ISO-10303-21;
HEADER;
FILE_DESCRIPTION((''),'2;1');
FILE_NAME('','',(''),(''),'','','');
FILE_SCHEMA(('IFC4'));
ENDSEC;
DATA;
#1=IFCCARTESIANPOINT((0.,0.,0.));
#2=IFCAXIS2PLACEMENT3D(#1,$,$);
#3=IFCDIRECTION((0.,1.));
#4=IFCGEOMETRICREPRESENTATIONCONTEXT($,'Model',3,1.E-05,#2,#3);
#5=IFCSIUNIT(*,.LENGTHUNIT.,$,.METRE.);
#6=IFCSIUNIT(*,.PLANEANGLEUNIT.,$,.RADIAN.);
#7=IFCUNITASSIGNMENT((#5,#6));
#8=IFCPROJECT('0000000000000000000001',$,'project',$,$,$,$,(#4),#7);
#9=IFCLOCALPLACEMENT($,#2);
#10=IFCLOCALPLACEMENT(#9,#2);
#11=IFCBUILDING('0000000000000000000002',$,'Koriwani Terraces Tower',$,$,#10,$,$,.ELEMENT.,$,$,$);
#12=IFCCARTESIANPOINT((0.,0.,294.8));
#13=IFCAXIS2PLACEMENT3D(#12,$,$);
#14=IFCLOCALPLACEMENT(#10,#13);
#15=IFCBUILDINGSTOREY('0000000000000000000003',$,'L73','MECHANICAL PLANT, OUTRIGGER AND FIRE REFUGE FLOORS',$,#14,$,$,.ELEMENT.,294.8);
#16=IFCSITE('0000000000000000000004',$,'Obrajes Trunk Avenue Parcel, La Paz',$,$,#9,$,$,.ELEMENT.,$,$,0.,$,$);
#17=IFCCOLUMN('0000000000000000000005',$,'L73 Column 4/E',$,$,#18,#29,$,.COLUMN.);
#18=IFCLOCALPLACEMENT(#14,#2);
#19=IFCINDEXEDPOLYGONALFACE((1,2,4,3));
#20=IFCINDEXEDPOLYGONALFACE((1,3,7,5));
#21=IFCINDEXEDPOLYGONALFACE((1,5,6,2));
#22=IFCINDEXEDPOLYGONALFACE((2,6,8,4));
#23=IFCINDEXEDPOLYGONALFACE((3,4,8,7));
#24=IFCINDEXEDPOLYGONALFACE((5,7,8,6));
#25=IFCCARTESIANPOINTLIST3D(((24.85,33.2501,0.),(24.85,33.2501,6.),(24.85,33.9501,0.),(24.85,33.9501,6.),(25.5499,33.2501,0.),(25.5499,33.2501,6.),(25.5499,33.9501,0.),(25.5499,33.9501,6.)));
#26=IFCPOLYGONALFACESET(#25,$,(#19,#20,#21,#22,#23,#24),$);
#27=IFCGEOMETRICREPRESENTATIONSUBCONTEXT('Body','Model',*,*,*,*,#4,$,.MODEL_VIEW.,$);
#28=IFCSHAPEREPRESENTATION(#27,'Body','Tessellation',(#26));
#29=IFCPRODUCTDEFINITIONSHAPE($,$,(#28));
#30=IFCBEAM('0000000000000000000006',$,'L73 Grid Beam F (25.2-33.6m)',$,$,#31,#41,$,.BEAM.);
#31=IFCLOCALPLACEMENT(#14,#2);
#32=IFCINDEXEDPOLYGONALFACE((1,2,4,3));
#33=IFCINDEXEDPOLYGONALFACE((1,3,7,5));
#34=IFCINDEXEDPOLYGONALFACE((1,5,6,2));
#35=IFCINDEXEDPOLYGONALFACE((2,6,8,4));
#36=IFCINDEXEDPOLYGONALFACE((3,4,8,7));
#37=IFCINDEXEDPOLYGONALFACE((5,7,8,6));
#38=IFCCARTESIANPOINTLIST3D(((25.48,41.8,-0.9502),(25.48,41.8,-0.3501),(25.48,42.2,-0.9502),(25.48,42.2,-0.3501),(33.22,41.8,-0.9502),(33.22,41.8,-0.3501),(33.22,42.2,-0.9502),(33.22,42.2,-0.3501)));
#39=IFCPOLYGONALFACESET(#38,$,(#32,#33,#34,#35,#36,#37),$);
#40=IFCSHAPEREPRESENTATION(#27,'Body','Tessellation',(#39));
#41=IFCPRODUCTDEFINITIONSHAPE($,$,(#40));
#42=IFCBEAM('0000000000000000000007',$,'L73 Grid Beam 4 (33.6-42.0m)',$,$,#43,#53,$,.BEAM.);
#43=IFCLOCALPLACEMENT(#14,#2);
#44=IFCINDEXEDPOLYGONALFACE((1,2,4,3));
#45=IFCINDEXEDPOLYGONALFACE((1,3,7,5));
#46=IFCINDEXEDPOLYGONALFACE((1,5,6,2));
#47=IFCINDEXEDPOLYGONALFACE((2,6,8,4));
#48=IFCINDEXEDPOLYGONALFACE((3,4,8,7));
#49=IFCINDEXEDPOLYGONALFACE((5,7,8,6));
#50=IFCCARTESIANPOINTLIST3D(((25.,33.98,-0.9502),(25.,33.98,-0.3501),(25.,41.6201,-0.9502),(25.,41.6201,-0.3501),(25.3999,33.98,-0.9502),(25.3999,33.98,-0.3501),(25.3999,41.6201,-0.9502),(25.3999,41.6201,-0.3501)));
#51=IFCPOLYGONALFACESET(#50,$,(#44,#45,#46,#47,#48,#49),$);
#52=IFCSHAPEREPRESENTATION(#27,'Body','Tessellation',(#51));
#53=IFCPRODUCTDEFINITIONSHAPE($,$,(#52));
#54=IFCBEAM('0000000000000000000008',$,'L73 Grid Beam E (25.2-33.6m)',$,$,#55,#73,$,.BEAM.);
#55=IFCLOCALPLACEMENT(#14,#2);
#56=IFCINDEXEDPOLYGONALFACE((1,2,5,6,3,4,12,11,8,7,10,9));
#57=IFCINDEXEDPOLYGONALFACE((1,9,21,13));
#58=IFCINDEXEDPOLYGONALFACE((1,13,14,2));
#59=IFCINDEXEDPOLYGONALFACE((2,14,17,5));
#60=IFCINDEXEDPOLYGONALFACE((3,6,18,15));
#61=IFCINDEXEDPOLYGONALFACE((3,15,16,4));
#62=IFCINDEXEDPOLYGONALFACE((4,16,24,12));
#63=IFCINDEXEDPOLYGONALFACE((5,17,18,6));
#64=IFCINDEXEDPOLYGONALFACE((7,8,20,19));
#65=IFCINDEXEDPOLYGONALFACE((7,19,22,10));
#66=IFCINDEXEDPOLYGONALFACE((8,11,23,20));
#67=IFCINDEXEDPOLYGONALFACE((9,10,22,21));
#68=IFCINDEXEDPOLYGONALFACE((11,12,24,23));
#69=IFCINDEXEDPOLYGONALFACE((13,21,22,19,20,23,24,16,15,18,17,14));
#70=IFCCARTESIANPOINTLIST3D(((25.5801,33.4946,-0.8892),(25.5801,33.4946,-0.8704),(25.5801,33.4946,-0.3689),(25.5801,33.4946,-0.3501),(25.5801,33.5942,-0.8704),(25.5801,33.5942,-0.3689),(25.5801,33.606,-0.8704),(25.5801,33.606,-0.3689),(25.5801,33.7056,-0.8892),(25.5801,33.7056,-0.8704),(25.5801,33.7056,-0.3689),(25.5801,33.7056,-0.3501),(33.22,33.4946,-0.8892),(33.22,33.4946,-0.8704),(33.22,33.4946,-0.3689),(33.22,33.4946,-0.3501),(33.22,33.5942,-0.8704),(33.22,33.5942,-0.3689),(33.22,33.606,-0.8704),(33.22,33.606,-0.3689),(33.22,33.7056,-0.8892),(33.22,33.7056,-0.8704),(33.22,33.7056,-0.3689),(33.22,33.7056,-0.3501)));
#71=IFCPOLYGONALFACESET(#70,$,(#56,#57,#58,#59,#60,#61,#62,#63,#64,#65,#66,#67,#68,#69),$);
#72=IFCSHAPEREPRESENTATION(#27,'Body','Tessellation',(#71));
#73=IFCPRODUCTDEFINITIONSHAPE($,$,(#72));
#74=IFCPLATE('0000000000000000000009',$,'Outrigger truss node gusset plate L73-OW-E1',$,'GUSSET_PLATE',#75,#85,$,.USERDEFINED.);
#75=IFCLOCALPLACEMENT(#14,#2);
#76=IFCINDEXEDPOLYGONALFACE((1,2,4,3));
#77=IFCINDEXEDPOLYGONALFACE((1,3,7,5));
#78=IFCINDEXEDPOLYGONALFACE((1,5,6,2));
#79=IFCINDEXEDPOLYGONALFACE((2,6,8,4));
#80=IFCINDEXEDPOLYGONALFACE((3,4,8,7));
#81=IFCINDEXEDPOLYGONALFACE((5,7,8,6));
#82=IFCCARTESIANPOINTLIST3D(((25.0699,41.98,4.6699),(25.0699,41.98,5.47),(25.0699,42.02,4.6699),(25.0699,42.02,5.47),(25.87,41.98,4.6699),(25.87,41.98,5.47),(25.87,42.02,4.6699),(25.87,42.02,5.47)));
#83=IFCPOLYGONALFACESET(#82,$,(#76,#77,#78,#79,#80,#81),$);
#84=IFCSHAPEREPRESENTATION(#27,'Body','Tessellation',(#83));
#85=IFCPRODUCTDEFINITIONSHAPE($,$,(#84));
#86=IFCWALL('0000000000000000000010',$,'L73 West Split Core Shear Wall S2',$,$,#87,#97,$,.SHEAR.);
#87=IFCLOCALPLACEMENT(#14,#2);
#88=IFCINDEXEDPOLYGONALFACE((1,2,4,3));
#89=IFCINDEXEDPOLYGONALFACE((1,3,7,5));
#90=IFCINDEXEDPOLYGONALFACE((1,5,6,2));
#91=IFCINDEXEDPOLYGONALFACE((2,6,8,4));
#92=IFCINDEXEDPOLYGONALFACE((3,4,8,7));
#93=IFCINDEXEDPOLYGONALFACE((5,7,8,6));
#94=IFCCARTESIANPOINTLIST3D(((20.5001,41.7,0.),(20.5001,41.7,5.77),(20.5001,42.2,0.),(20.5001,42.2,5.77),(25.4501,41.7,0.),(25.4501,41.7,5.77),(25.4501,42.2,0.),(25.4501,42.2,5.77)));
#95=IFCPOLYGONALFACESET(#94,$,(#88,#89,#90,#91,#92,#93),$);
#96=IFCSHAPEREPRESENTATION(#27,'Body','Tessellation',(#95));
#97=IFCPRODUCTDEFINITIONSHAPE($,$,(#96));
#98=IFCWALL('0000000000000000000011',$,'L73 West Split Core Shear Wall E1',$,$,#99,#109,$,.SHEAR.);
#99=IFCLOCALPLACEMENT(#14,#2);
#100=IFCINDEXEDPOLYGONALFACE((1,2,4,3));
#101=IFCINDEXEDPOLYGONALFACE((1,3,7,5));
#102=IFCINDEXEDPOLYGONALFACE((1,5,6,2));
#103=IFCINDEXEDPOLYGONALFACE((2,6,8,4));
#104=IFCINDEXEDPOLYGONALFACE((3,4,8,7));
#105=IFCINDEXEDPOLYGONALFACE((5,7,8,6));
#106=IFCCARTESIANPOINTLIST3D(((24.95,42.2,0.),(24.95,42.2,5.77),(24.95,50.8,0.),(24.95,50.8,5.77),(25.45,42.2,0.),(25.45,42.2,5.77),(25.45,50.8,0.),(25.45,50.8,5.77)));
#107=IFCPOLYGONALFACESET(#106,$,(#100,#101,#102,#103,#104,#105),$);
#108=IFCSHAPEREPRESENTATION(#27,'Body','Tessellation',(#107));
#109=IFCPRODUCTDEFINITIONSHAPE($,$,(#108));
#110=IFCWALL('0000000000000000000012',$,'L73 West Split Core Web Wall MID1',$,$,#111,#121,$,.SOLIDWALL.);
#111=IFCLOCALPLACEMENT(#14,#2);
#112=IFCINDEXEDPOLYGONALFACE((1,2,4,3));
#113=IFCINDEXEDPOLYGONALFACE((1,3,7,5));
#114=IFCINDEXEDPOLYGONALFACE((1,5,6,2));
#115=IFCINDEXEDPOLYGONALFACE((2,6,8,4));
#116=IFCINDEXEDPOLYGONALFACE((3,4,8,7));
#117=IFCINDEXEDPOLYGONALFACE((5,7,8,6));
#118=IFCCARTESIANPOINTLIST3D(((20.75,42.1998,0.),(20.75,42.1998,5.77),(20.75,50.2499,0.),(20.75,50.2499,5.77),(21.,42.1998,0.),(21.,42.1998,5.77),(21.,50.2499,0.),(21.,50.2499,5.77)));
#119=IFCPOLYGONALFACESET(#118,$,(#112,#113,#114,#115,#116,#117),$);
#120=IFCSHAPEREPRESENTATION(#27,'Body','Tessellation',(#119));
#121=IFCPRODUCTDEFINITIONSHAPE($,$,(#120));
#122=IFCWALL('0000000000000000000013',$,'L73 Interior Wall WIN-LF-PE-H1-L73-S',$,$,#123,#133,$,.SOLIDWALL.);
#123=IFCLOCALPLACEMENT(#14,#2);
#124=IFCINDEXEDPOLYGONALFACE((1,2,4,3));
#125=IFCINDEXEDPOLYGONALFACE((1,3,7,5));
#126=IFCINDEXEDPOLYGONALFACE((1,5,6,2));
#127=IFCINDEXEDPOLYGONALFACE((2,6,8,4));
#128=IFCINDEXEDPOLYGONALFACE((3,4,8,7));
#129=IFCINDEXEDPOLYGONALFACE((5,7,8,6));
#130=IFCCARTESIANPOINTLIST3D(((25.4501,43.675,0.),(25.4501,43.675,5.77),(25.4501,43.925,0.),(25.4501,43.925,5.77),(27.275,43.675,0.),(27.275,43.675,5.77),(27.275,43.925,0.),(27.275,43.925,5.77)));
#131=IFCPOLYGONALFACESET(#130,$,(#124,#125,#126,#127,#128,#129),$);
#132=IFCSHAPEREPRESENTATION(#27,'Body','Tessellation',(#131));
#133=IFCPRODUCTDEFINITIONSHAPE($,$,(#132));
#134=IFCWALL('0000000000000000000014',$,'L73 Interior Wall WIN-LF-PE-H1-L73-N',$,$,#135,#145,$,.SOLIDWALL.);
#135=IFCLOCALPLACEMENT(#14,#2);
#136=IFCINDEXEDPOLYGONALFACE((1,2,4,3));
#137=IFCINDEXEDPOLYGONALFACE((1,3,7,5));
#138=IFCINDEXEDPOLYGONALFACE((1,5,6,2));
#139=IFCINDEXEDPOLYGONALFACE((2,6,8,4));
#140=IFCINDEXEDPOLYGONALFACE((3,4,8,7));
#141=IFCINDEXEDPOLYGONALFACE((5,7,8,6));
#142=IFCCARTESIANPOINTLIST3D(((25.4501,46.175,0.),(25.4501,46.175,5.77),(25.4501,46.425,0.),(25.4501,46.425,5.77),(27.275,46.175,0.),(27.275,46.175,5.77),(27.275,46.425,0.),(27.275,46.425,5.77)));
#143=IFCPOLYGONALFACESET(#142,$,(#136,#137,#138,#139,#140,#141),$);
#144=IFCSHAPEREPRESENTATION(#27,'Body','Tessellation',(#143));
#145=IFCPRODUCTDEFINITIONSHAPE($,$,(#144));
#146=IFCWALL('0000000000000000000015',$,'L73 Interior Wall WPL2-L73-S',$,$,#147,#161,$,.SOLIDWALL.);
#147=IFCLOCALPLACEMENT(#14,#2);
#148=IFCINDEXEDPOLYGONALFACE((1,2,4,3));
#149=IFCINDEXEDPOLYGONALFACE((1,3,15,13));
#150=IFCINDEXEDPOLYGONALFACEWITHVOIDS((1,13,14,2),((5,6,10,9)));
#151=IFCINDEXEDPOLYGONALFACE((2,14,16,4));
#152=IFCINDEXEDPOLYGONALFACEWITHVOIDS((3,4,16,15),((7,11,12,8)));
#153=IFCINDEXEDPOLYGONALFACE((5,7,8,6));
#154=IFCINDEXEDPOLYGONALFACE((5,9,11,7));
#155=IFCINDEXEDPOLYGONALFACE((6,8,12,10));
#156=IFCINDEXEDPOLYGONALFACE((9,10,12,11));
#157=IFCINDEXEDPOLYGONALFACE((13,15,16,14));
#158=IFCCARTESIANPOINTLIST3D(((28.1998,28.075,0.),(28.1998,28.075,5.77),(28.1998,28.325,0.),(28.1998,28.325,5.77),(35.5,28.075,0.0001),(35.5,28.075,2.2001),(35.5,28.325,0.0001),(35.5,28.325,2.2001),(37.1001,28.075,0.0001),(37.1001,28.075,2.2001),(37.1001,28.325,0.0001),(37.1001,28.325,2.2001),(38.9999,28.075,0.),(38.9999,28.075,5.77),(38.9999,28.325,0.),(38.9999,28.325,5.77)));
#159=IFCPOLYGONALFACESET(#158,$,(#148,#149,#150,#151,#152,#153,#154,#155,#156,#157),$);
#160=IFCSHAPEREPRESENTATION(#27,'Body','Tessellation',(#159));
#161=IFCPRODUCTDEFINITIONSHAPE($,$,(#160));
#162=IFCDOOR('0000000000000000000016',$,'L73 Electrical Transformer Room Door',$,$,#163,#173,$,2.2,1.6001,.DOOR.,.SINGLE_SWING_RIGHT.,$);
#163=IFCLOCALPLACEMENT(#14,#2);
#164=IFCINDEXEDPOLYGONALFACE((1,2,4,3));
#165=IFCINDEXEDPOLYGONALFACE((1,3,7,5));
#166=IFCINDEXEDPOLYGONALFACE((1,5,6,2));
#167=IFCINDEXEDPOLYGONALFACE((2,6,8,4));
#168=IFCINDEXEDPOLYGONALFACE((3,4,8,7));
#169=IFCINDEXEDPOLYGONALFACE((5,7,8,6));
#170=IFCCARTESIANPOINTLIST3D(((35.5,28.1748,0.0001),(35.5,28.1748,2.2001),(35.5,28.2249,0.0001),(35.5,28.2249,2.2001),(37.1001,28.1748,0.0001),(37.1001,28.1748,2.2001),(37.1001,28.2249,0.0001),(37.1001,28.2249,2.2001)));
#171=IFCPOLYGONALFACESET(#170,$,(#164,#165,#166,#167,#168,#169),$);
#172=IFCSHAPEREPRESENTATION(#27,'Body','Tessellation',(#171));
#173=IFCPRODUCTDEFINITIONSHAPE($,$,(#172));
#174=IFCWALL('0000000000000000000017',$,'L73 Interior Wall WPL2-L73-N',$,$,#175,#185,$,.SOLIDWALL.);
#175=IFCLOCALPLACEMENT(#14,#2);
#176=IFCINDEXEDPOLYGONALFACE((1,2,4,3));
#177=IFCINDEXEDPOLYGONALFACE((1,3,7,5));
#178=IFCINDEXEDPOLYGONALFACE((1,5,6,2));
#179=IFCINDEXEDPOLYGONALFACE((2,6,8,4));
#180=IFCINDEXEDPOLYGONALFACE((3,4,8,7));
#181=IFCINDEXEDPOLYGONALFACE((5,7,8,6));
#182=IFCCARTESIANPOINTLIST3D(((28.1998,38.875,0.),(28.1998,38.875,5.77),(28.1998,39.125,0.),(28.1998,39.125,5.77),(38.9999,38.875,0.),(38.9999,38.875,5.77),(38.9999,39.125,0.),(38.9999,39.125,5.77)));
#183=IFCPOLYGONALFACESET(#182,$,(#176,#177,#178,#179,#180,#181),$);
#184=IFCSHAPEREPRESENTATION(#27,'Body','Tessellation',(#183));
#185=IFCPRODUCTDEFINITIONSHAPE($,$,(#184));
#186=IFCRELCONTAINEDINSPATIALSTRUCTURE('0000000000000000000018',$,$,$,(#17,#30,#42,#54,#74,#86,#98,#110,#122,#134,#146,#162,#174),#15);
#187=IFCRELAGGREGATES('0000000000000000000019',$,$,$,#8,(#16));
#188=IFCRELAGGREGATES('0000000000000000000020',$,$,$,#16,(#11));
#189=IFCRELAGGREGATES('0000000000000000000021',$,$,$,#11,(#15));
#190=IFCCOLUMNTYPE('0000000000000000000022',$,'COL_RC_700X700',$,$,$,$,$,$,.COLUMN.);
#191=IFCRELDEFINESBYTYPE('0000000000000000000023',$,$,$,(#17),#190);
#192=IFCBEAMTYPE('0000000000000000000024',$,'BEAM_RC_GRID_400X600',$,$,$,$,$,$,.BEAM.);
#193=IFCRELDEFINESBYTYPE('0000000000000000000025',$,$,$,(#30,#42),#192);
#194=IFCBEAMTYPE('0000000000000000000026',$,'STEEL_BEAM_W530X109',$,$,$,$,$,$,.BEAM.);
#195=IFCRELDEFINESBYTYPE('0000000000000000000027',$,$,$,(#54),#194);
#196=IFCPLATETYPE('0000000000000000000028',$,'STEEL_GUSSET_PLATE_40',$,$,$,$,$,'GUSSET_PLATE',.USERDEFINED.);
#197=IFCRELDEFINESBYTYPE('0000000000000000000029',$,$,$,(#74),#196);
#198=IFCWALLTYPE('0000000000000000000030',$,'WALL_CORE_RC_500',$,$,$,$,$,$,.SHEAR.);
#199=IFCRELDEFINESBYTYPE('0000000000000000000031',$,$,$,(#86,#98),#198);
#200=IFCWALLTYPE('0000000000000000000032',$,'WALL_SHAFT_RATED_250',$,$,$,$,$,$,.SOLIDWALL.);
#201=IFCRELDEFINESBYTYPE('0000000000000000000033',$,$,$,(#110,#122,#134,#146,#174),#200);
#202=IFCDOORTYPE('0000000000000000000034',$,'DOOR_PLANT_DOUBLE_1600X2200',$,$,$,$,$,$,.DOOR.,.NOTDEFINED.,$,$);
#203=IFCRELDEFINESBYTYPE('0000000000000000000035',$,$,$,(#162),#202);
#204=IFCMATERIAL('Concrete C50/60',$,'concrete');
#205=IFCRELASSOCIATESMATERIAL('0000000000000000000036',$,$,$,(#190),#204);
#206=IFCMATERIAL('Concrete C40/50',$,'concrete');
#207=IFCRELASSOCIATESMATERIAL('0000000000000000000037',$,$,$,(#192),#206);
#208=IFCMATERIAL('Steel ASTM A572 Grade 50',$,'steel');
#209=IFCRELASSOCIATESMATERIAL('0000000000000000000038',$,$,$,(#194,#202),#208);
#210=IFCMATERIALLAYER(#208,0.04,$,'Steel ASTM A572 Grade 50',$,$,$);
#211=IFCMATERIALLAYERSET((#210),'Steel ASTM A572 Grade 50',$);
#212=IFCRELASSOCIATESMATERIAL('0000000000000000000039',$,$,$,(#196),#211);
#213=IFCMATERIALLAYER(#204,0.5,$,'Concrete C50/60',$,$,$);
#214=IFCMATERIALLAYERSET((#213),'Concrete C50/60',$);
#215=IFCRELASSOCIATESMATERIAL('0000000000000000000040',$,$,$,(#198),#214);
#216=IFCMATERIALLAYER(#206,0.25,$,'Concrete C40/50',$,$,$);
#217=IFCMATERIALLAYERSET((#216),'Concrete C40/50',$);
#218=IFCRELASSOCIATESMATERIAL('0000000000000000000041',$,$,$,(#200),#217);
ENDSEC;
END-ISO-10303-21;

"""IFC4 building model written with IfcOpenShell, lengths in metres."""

from ifc_helpers import new_model, si_unit, direction, frame, frame_2d, origin, origin_2d, place, context, subcontext, project, spatial, rectangle, i_section, extrude, material, layer, layer_set, material_profile, profile_set, type_object, element, fill, save


model = new_model("IFC4")

# Units and contexts
model_context = context("Model", 3, precision=1e-05, world=origin(), true_north=direction((0.0, 1.0)))
body_context = subcontext(model_context, "Body", "Model", "MODEL_VIEW")
ifc_project = project(units=[si_unit("LENGTHUNIT", "METRE"), si_unit("PLANEANGLEUNIT", "RADIAN")], contexts=[model_context])

# Site, building, storey
site_placement = place(None, origin())
site = spatial("IfcSite", under=ifc_project, at=site_placement, Name="Obrajes Trunk Avenue Parcel, La Paz", CompositionType="ELEMENT", RefElevation=0.0)
building_placement = place(site_placement, origin())
building = spatial("IfcBuilding", under=site, at=building_placement, Name="Koriwani Terraces Tower", CompositionType="ELEMENT")
storey_placement = place(building_placement, frame((0.0, 0.0, 294.8)))
storey = spatial("IfcBuildingStorey", under=building, at=storey_placement, Name="L73", Description="MECHANICAL PLANT, OUTRIGGER AND FIRE REFUGE FLOORS", CompositionType="ELEMENT", Elevation=294.8)

# Column
ifc_material_1 = material(Name="Concrete C50/60", Category="concrete")
ifc_material_profile_1 = material_profile(ifc_material_1, rectangle(XDim=0.7, YDim=0.7, at=origin_2d()), Name="Concrete C50/60", Category="LoadBearing")
ifc_profile_set_1 = profile_set([ifc_material_profile_1], Name="Concrete C50/60")
column_type = type_object("IfcColumnType", Name="COL_RC_700X700", PredefinedType="COLUMN", material=ifc_profile_set_1)
column_placement = place(storey_placement, frame((25.2, 33.6001, 0.0), z_axis=(0.0, 0.0, 1.0), x_axis=(1.0, 0.0, 0.0)))
element("IfcColumn", 1, at=column_placement, inside=storey, type_object=column_type, Name="L73 Column 4/E", PredefinedType="COLUMN", context=body_context, shape_type="SweptSolid", body=[
    extrude(rectangle(XDim=0.7, YDim=0.7, at=origin_2d()), origin(), (0.0, 0.0, 1.0), 6.0),
])

# Beams
ifc_material_2 = material(Name="Concrete C40/50", Category="concrete")
ifc_material_profile_2 = material_profile(ifc_material_2, rectangle(XDim=0.3999, YDim=0.6001, at=origin_2d()), Name="Concrete C40/50", Category="LoadBearing")
ifc_profile_set_2 = profile_set([ifc_material_profile_2], Name="Concrete C40/50")
beam_type_1 = type_object("IfcBeamType", Name="BEAM_RC_GRID_400X600", PredefinedType="BEAM", material=ifc_profile_set_2)
beam_1_placement = place(storey_placement, frame((25.48, 42.0, -0.6501), z_axis=(1.0, 0.0, 0.0), x_axis=(0.0, 1.0, 0.0)))
element("IfcBeam", 2, at=beam_1_placement, inside=storey, type_object=beam_type_1, Name="L73 Grid Beam F (25.2-33.6m)", PredefinedType="BEAM", context=body_context, shape_type="SweptSolid", body=[
    extrude(rectangle(XDim=0.3999, YDim=0.6001, at=origin_2d()), origin(), (0.0, 0.0, 1.0), 7.74),
])
beam_2_placement = place(storey_placement, frame((25.2, 33.98, -0.6501), z_axis=(0.0, 1.0, 0.0), x_axis=(-1.0, 0.0, 0.0)))
element("IfcBeam", 3, at=beam_2_placement, inside=storey, type_object=beam_type_1, Name="L73 Grid Beam 4 (33.6-42.0m)", PredefinedType="BEAM", context=body_context, shape_type="SweptSolid", body=[
    extrude(rectangle(XDim=0.3999, YDim=0.6001, at=origin_2d()), origin(), (0.0, 0.0, 1.0), 7.6401),
])
ifc_material_3 = material(Name="Steel ASTM A572 Grade 50", Category="steel")
ifc_material_profile_3 = material_profile(ifc_material_3, i_section(OverallWidth=0.2109, OverallDepth=0.5391, WebThickness=0.0117, FlangeThickness=0.0188, at=origin_2d()), Name="Steel ASTM A572 Grade 50", Category="LoadBearing")
ifc_profile_set_3 = profile_set([ifc_material_profile_3], Name="Steel ASTM A572 Grade 50")
beam_type_2 = type_object("IfcBeamType", Name="STEEL_BEAM_W530X109", PredefinedType="BEAM", material=ifc_profile_set_3)
beam_3_placement = place(storey_placement, frame((25.5801, 33.6001, -0.6196), z_axis=(1.0, 0.0, 0.0), x_axis=(0.0, 1.0, 0.0)))
element("IfcBeam", 4, at=beam_3_placement, inside=storey, type_object=beam_type_2, Name="L73 Grid Beam E (25.2-33.6m)", PredefinedType="BEAM", context=body_context, shape_type="SweptSolid", body=[
    extrude(i_section(OverallWidth=0.2109, OverallDepth=0.5391, WebThickness=0.0117, FlangeThickness=0.0188, at=origin_2d()), origin(), (0.0, 0.0, 1.0), 7.6399),
])

# Plate
ifc_layer_1 = layer(ifc_material_3, 0.04, Name="Steel ASTM A572 Grade 50")
ifc_layer_set_1 = layer_set([ifc_layer_1], Name="Steel ASTM A572 Grade 50")
plate_type = type_object("IfcPlateType", Name="STEEL_GUSSET_PLATE_40", ElementType="GUSSET_PLATE", PredefinedType="USERDEFINED", material=ifc_layer_set_1)
plate_placement = place(storey_placement, frame((25.47, 42.0, 4.6699), z_axis=(0.0, 0.0, 1.0), x_axis=(-1.0, 0.0, 0.0)))
element("IfcPlate", 5, at=plate_placement, inside=storey, type_object=plate_type, Name="Outrigger truss node gusset plate L73-OW-E1", ObjectType="GUSSET_PLATE", PredefinedType="USERDEFINED", context=body_context, shape_type="SweptSolid", body=[
    extrude(rectangle(XDim=0.8, YDim=0.04, at=origin_2d()), origin(), (0.0, 0.0, 1.0), 0.8),
])

# Walls
ifc_layer_2 = layer(ifc_material_1, 0.5, Name="Concrete C50/60")
ifc_layer_set_2 = layer_set([ifc_layer_2], Name="Concrete C50/60")
wall_type_1 = type_object("IfcWallType", Name="WALL_CORE_RC_500", PredefinedType="SHEAR", material=ifc_layer_set_2)
wall_1_placement = place(storey_placement, frame((20.5, 41.95, 0.0), z_axis=(0.0, 0.0, 1.0), x_axis=(1.0, 0.0, 0.0)))
element("IfcWall", 6, at=wall_1_placement, inside=storey, type_object=wall_type_1, Name="L73 West Split Core Shear Wall S2", PredefinedType="SHEAR", context=body_context, shape_type="SweptSolid", body=[
    extrude(rectangle(XDim=4.95, YDim=0.5, at=frame_2d((2.4751, 0.0))), origin(), (0.0, 0.0, 1.0), 5.77),
])
wall_2_placement = place(storey_placement, frame((25.2, 42.2, 0.0), z_axis=(0.0, 0.0, 1.0), x_axis=(0.0, 1.0, 0.0)))
element("IfcWall", 7, at=wall_2_placement, inside=storey, type_object=wall_type_1, Name="L73 West Split Core Shear Wall E1", PredefinedType="SHEAR", context=body_context, shape_type="SweptSolid", body=[
    extrude(rectangle(XDim=8.6001, YDim=0.5, at=frame_2d((4.3, 0.0))), origin(), (0.0, 0.0, 1.0), 5.77),
])
ifc_layer_3 = layer(ifc_material_2, 0.25, Name="Concrete C40/50")
ifc_layer_set_3 = layer_set([ifc_layer_3], Name="Concrete C40/50")
wall_type_2 = type_object("IfcWallType", Name="WALL_SHAFT_RATED_250", PredefinedType="SOLIDWALL", material=ifc_layer_set_3)
wall_3_placement = place(storey_placement, frame((20.875, 42.2, 0.0), z_axis=(0.0, 0.0, 1.0), x_axis=(0.0, 1.0, 0.0)))
element("IfcWall", 8, at=wall_3_placement, inside=storey, type_object=wall_type_2, Name="L73 West Split Core Web Wall MID1", PredefinedType="SOLIDWALL", context=body_context, shape_type="SweptSolid", body=[
    extrude(rectangle(XDim=8.05, YDim=0.25, at=frame_2d((4.0249, 0.0))), origin(), (0.0, 0.0, 1.0), 5.77),
])

# Walls
for number, where, z_axis, x_axis, name in (
    (9, (25.45, 43.8, 0.0), (0.0, 0.0, 1.0), (1.0, 0.0, 0.0), "L73 Interior Wall WIN-LF-PE-H1-L73-S"),
    (10, (25.45, 46.3, 0.0), (0.0, 0.0, 1.0), (1.0, 0.0, 0.0), "L73 Interior Wall WIN-LF-PE-H1-L73-N"),
):
    element("IfcWall", number, at=place(storey_placement, frame(where, z_axis=z_axis, x_axis=x_axis)), inside=storey, type_object=wall_type_2, Name=name, PredefinedType="SOLIDWALL", context=body_context, shape_type="SweptSolid", body=[
        extrude(rectangle(XDim=1.825, YDim=0.25, at=frame_2d((0.9126, 0.0))), origin(), (0.0, 0.0, 1.0), 5.77),
    ])

# Wall, opening, door
wall_4_placement = place(storey_placement, frame((28.2, 28.2, 0.0), z_axis=(0.0, 0.0, 1.0), x_axis=(1.0, 0.0, 0.0)))
wall_4 = element("IfcWall", 11, at=wall_4_placement, inside=storey, type_object=wall_type_2, Name="L73 Interior Wall WPL2-L73-S", PredefinedType="SOLIDWALL", context=body_context, shape_type="SweptSolid", body=[
    extrude(rectangle(XDim=10.8, YDim=0.25, at=frame_2d((5.3999, 0.0))), origin(), (0.0, 0.0, 1.0), 5.77),
])
opening_1_placement = place(wall_4_placement, frame((7.3, 0.0, 0.0)))
opening_1 = element("IfcOpeningElement", 12, at=opening_1_placement, cuts=wall_4, PredefinedType="OPENING", context=body_context, shape_type="SweptSolid", body=[
    extrude(rectangle(XDim=1.6001, YDim=2.2, at=frame_2d((0.8, 1.1001))), frame((0.0, 0.135, 0.0), z_axis=(0.0, -1.0, 0.0), x_axis=(1.0, 0.0, 0.0)), (0.0, 0.0, 1.0), 0.27),
])
door_type_1 = type_object("IfcDoorType", Name="DOOR_PLANT_DOUBLE_1600X2200", OperationType="NOTDEFINED", PredefinedType="DOOR", material=ifc_material_3)
door_1_placement = place(opening_1_placement, origin())
door_1 = element("IfcDoor", 13, at=door_1_placement, inside=storey, type_object=door_type_1, Name="L73 Electrical Transformer Room Door", OperationType="SINGLE_SWING_RIGHT", OverallHeight=2.2, OverallWidth=1.6001, PredefinedType="DOOR", context=body_context, shape_type="SweptSolid", body=[
    extrude(rectangle(XDim=1.6001, YDim=2.2, at=frame_2d((0.8, 1.1001))), frame((0.0, 0.0249, 0.0), z_axis=(0.0, -1.0, 0.0), x_axis=(1.0, 0.0, 0.0)), (0.0, 0.0, 1.0), 0.05),
])
fill(opening_1, door_1)

# Wall
wall_5_placement = place(storey_placement, frame((28.2, 39.0, 0.0), z_axis=(0.0, 0.0, 1.0), x_axis=(1.0, 0.0, 0.0)))
element("IfcWall", 14, at=wall_5_placement, inside=storey, type_object=wall_type_2, Name="L73 Interior Wall WPL2-L73-N", PredefinedType="SOLIDWALL", context=body_context, shape_type="SweptSolid", body=[
    extrude(rectangle(XDim=10.8, YDim=0.25, at=frame_2d((5.3999, 0.0))), origin(), (0.0, 0.0, 1.0), 5.77),
])

save(model, "model.ifc")
